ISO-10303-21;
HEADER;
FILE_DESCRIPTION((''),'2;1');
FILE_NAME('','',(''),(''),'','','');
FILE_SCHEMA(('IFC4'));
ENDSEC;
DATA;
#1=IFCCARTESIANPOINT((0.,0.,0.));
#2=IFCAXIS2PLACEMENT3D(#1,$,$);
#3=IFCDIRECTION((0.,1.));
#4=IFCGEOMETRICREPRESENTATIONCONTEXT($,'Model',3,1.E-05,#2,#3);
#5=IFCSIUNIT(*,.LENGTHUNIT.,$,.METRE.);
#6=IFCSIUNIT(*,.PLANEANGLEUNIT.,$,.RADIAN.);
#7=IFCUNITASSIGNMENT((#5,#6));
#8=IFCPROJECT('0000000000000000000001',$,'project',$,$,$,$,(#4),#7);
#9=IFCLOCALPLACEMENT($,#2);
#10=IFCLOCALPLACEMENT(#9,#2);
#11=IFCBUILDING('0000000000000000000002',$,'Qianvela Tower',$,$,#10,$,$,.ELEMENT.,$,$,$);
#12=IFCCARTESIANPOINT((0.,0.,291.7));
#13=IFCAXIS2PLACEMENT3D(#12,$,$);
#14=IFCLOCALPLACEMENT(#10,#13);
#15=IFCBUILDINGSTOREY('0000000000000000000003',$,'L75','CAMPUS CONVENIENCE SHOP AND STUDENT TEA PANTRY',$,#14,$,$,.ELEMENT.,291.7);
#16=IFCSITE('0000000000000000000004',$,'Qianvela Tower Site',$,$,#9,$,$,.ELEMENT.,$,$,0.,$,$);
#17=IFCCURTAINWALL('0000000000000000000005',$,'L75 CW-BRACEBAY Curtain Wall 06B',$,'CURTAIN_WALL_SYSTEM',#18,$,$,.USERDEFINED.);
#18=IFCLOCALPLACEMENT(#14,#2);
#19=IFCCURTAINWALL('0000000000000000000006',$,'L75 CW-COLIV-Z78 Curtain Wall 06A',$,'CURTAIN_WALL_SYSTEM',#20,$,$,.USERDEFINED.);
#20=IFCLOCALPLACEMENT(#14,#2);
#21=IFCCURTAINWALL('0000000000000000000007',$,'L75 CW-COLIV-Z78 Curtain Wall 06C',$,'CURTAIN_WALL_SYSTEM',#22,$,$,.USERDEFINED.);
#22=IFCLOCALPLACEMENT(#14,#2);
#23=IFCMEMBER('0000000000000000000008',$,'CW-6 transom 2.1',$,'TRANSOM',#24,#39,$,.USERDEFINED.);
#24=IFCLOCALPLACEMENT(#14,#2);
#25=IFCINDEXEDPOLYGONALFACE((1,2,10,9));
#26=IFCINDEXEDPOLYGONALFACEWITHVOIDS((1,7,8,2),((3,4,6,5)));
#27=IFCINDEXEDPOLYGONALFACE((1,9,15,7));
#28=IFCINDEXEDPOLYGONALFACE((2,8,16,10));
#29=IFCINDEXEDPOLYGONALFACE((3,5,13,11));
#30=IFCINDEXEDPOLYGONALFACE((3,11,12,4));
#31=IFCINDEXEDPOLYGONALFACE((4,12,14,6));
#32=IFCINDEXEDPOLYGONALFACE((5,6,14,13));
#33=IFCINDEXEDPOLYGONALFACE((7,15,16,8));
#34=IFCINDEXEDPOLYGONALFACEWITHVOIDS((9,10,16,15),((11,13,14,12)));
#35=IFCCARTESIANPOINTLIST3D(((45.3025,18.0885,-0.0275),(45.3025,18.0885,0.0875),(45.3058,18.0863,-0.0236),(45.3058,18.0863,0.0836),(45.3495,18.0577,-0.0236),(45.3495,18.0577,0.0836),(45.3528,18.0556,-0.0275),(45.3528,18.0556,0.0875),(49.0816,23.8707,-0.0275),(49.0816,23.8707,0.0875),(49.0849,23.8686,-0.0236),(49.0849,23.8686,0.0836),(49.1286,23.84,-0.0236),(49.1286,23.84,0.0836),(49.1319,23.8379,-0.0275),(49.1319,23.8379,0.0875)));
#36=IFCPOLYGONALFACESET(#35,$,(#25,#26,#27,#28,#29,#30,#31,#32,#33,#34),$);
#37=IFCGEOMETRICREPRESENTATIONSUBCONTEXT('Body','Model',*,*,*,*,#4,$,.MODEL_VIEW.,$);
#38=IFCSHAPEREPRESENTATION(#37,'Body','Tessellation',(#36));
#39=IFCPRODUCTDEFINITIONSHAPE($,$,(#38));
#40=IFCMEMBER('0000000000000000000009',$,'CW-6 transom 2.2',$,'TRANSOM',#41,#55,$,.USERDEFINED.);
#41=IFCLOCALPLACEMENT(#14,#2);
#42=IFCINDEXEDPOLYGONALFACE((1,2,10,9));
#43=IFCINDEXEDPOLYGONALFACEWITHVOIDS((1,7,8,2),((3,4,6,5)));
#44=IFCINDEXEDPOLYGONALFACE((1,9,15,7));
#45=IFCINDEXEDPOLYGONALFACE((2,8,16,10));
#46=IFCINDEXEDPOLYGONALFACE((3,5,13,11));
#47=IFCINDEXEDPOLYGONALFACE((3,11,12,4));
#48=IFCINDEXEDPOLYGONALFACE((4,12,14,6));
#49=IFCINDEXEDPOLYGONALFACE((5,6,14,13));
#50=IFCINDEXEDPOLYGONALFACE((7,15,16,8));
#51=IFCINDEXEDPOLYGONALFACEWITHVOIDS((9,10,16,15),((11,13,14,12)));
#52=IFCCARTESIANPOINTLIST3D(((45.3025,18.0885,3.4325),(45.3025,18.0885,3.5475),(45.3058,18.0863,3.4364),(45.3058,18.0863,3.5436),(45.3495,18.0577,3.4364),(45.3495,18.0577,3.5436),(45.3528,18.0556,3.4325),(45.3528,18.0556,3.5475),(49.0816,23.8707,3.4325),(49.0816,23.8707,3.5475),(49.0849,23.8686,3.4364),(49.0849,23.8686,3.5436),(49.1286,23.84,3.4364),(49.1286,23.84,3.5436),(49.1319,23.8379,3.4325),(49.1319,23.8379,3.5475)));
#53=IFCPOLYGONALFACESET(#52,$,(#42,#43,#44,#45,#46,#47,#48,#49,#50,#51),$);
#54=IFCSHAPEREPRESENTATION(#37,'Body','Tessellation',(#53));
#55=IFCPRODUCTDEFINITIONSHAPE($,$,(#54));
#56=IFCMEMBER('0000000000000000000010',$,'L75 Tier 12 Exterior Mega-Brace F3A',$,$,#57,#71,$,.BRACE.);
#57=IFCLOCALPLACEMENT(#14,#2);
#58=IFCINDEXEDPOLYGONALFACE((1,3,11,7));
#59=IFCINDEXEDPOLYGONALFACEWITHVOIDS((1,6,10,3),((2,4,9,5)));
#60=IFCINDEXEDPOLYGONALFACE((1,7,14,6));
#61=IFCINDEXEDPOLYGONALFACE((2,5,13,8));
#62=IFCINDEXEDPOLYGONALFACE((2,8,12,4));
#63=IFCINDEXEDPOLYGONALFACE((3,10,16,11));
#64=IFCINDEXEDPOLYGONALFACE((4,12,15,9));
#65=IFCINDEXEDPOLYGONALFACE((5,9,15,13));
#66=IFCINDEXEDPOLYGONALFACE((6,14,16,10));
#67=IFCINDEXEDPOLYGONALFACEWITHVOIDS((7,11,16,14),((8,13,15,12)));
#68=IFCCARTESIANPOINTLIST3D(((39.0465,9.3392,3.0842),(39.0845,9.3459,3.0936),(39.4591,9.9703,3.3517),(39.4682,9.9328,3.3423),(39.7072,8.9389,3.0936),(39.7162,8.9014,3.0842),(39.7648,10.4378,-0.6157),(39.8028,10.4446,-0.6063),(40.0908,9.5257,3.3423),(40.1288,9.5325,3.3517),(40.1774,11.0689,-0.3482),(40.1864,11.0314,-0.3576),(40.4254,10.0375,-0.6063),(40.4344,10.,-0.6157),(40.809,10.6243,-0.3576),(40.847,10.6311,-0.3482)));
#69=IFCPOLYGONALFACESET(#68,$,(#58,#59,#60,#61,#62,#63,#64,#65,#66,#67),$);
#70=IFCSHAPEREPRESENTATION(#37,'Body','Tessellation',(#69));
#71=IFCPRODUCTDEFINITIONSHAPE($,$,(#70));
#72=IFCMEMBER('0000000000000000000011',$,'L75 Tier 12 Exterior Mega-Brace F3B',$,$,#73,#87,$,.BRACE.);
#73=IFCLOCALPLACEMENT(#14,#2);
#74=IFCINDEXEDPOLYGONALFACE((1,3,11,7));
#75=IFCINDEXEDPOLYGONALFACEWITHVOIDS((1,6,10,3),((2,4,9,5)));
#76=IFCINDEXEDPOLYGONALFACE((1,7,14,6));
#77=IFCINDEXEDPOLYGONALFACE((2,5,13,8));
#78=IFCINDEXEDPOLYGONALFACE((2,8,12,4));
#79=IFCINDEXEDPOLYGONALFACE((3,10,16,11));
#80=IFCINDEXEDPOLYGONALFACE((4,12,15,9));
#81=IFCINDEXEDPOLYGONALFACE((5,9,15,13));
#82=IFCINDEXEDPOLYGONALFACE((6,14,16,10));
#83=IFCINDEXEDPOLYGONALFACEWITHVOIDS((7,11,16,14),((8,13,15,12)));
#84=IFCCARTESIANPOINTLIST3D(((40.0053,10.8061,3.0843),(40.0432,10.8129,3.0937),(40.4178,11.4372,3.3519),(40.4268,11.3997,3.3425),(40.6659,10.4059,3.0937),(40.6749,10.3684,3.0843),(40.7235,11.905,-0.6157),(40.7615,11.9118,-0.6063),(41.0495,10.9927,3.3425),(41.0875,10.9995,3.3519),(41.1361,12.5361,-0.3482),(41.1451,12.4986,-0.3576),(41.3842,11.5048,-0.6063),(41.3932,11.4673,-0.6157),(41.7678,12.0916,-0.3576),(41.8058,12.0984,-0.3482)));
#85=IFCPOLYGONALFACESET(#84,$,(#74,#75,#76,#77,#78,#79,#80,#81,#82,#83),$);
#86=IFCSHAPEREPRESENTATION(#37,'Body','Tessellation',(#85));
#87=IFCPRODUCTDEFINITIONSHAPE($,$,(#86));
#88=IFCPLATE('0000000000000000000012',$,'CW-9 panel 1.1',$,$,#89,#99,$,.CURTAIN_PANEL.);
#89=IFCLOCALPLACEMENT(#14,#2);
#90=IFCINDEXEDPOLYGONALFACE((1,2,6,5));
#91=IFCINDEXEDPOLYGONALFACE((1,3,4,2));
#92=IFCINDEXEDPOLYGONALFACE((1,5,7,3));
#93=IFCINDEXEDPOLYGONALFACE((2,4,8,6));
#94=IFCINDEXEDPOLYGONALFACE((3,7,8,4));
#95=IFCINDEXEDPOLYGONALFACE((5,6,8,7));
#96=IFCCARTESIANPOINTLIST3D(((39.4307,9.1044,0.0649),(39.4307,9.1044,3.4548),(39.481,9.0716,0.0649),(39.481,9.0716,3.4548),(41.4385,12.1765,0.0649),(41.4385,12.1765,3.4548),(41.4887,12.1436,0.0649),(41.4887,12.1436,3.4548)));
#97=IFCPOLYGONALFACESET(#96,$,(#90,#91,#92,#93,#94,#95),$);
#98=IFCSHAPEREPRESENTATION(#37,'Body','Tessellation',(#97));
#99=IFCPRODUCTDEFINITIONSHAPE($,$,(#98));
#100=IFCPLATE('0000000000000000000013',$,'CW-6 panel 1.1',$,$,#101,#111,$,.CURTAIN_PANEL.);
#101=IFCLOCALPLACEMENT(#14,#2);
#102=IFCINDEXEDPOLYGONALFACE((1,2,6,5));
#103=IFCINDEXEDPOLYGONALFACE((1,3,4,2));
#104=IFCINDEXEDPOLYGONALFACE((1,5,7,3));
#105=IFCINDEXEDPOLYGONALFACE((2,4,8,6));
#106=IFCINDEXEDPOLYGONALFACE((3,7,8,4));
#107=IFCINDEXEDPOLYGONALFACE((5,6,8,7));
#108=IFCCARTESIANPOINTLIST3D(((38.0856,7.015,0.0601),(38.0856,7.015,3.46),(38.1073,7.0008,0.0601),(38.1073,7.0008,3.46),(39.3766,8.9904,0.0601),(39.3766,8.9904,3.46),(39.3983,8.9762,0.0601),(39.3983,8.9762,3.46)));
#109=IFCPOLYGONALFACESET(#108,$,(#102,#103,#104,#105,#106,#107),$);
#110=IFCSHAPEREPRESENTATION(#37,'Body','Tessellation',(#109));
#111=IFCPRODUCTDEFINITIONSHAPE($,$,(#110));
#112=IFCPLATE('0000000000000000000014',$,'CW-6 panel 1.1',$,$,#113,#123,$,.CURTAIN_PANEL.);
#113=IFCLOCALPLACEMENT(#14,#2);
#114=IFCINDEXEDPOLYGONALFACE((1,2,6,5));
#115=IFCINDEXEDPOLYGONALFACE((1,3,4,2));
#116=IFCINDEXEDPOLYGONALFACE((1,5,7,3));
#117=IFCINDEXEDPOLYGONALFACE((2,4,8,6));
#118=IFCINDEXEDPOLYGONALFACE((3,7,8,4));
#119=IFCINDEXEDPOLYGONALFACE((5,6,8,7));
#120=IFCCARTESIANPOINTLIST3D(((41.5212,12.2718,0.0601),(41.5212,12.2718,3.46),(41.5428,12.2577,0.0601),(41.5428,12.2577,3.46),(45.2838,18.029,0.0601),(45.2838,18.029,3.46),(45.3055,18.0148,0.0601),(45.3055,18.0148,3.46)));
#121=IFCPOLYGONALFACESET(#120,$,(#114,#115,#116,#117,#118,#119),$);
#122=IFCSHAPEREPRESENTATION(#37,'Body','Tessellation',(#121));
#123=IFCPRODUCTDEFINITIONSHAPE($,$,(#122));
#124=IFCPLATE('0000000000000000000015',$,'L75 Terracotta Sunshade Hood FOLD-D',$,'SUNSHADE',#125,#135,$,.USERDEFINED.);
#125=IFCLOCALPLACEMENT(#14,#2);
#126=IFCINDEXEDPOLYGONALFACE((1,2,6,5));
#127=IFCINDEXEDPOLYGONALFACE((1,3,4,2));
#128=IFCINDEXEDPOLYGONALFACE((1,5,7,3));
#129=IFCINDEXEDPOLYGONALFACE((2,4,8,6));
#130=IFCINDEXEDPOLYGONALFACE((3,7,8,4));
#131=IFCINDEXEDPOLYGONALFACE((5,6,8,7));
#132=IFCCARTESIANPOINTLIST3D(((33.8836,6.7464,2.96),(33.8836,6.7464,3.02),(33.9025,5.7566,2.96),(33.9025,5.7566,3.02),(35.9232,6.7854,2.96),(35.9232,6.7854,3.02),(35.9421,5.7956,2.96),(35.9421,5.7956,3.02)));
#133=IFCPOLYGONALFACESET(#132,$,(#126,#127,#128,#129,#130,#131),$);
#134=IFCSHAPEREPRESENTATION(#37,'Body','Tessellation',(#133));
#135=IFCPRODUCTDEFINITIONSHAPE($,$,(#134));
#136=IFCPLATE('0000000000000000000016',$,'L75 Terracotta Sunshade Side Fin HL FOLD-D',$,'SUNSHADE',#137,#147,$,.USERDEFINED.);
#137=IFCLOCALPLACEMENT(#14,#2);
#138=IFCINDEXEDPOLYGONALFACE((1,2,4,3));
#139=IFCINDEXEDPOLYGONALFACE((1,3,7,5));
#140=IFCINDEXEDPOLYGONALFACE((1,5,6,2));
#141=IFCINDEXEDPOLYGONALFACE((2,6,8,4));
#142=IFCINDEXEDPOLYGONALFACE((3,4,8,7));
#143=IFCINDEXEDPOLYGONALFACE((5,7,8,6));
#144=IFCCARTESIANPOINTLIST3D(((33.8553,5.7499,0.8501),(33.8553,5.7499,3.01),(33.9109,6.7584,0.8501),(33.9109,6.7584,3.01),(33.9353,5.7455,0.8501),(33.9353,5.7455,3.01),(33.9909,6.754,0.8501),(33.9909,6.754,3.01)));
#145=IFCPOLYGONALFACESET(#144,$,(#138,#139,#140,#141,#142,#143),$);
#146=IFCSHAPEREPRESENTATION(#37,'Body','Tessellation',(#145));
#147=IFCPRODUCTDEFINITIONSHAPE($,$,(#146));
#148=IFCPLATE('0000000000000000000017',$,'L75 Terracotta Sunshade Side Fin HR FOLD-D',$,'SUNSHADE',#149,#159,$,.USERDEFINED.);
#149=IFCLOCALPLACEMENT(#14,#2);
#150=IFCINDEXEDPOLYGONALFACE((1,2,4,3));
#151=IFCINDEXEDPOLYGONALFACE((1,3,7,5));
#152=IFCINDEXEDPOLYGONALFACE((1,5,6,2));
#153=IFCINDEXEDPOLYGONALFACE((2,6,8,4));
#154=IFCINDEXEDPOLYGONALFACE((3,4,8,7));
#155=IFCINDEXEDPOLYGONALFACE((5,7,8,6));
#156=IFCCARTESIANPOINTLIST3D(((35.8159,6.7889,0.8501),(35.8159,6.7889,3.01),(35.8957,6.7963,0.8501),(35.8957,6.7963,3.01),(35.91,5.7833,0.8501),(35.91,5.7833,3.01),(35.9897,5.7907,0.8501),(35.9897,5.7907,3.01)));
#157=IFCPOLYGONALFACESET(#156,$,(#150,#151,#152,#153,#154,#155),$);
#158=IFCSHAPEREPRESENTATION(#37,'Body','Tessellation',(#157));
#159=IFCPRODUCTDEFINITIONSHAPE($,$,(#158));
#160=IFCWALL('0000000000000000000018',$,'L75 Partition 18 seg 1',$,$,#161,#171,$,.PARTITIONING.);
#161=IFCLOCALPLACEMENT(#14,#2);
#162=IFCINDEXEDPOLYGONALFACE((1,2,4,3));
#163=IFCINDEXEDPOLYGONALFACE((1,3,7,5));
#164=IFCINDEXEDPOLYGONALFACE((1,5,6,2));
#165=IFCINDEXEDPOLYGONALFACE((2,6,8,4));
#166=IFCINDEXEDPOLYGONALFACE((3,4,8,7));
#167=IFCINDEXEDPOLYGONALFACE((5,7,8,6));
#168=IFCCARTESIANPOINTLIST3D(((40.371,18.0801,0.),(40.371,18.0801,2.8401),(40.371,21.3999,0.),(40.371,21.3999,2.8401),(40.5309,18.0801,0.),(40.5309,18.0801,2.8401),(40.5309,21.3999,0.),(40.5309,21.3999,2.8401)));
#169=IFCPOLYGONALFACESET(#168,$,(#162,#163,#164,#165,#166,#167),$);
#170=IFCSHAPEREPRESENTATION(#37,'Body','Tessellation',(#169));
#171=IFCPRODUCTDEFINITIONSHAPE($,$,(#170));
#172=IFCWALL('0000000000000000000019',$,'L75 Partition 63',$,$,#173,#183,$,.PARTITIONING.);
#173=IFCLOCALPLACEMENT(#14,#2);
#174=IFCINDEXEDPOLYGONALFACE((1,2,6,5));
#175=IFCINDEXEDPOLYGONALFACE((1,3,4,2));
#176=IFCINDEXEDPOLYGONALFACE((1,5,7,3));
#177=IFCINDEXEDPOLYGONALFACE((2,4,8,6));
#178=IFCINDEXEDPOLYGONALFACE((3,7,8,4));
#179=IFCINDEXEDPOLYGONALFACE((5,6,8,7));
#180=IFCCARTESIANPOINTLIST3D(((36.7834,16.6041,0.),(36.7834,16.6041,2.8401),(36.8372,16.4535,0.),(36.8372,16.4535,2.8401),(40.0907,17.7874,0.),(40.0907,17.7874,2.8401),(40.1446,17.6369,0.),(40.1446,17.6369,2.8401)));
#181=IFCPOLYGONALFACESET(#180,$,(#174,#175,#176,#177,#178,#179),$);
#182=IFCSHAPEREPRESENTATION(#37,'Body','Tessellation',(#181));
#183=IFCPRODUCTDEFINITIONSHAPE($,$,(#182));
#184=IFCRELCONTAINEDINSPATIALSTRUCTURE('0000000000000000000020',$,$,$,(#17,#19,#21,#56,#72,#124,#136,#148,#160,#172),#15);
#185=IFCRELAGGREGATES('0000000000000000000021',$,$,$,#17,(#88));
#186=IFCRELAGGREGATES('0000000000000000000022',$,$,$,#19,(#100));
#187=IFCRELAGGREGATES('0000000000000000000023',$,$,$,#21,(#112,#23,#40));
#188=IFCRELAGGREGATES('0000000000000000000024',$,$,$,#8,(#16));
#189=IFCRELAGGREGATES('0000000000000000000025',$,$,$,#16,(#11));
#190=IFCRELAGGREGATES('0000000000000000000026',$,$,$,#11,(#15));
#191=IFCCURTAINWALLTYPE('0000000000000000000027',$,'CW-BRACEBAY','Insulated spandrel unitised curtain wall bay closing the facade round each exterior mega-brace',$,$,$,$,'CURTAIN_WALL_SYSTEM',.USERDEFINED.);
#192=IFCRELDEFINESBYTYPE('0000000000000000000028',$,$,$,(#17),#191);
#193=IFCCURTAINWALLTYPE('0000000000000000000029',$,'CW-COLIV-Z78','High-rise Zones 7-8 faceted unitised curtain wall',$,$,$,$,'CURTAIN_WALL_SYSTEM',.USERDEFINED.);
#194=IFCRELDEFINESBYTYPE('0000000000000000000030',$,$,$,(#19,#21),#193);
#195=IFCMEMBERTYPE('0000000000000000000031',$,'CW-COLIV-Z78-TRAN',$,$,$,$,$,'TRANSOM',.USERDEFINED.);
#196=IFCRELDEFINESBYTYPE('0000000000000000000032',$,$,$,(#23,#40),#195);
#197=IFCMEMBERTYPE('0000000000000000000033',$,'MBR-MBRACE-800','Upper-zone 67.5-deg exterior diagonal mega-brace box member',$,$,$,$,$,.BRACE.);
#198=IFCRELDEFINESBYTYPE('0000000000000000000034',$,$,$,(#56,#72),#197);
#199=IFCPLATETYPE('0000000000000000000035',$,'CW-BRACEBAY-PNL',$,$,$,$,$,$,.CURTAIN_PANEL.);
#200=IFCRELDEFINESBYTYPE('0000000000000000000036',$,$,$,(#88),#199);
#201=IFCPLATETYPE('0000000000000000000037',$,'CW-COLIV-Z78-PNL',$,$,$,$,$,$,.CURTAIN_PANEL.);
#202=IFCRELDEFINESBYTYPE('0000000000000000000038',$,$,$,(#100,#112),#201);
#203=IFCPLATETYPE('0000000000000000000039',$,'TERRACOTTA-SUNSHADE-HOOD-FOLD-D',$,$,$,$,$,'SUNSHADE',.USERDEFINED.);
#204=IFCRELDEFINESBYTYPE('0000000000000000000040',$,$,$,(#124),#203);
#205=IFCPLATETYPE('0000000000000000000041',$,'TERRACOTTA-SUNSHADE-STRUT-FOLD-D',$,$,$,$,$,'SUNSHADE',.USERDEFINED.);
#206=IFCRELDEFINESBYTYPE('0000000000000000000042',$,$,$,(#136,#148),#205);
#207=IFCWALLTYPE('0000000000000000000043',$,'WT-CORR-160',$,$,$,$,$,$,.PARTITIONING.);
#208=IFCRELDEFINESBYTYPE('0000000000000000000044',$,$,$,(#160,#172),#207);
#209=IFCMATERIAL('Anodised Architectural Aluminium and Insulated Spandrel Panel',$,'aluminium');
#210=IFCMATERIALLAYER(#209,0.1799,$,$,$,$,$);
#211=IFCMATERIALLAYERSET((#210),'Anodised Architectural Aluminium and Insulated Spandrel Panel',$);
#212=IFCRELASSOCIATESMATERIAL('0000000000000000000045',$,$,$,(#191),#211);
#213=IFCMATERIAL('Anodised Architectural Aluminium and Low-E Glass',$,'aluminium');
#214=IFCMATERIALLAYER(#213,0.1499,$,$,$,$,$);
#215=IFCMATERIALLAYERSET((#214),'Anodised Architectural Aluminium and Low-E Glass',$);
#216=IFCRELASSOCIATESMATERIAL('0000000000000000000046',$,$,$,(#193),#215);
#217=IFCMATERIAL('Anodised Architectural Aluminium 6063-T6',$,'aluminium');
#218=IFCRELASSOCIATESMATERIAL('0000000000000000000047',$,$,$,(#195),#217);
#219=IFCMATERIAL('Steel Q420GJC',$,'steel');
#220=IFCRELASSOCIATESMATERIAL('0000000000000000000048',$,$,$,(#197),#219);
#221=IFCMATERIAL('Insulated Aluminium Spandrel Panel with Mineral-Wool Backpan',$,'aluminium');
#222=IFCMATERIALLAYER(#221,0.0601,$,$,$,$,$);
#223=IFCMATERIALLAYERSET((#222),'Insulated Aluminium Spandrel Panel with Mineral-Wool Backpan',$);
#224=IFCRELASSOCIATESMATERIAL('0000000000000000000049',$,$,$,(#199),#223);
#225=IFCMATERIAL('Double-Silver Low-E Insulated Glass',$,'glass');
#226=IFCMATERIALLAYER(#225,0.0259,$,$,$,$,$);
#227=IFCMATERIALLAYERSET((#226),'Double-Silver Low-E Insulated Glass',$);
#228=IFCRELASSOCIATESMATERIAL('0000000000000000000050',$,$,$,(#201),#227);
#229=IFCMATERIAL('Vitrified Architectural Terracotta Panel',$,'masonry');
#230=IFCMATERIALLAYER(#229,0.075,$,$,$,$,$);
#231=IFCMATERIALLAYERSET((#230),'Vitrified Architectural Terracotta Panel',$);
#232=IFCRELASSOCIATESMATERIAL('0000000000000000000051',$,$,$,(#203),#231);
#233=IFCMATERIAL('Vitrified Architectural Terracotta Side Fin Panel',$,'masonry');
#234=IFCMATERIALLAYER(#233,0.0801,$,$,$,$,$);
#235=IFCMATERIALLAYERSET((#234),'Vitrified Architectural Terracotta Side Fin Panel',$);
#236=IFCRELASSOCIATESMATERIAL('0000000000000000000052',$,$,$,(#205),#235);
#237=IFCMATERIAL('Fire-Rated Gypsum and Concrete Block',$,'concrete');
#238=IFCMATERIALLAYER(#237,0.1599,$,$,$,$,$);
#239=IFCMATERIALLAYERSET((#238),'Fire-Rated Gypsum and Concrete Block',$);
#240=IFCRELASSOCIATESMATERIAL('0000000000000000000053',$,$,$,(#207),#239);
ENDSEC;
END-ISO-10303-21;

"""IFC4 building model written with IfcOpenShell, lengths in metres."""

from ifc_helpers import new_model, si_unit, direction, frame, frame_2d, origin, origin_2d, place, context, subcontext, project, spatial, rectangle, hollow_rectangle, extrude, material, layer, layer_set, material_profile, profile_set, type_object, element, aggregate, save


model = new_model("IFC4")

# Units and contexts
model_context = context("Model", 3, precision=1e-05, world=origin(), true_north=direction((0.0, 1.0)))
body_context = subcontext(model_context, "Body", "Model", "MODEL_VIEW")
ifc_project = project(units=[si_unit("LENGTHUNIT", "METRE"), si_unit("PLANEANGLEUNIT", "RADIAN")], contexts=[model_context])

# Site, building, storey
site_placement = place(None, origin())
site = spatial("IfcSite", under=ifc_project, at=site_placement, Name="Qianvela Tower Site", CompositionType="ELEMENT", RefElevation=0.0)
building_placement = place(site_placement, origin())
building = spatial("IfcBuilding", under=site, at=building_placement, Name="Qianvela Tower", CompositionType="ELEMENT")
storey_placement = place(building_placement, frame((0.0, 0.0, 291.7)))
storey = spatial("IfcBuildingStorey", under=building, at=storey_placement, Name="L75", Description="CAMPUS CONVENIENCE SHOP AND STUDENT TEA PANTRY", CompositionType="ELEMENT", Elevation=291.7)

# Curtain walls
ifc_material_1 = material(Name="Anodised Architectural Aluminium and Insulated Spandrel Panel", Category="aluminium")
ifc_layer_1 = layer(ifc_material_1, 0.1799)
ifc_layer_set_1 = layer_set([ifc_layer_1], Name="Anodised Architectural Aluminium and Insulated Spandrel Panel")
curtain_wall_type_1 = type_object("IfcCurtainWallType", Name="CW-BRACEBAY", Description="Insulated spandrel unitised curtain wall bay closing the facade round each exterior mega-brace", ElementType="CURTAIN_WALL_SYSTEM", PredefinedType="USERDEFINED", material=ifc_layer_set_1)
curtain_wall_1_placement = place(storey_placement, origin())
curtain_wall_1 = element("IfcCurtainWall", 1, at=curtain_wall_1_placement, inside=storey, type_object=curtain_wall_type_1, Name="L75 CW-BRACEBAY Curtain Wall 06B", ObjectType="CURTAIN_WALL_SYSTEM", PredefinedType="USERDEFINED")
ifc_material_2 = material(Name="Anodised Architectural Aluminium and Low-E Glass", Category="aluminium")
ifc_layer_2 = layer(ifc_material_2, 0.1499)
ifc_layer_set_2 = layer_set([ifc_layer_2], Name="Anodised Architectural Aluminium and Low-E Glass")
curtain_wall_type_2 = type_object("IfcCurtainWallType", Name="CW-COLIV-Z78", Description="High-rise Zones 7-8 faceted unitised curtain wall", ElementType="CURTAIN_WALL_SYSTEM", PredefinedType="USERDEFINED", material=ifc_layer_set_2)
curtain_wall_2_placement = place(storey_placement, origin())
curtain_wall_2 = element("IfcCurtainWall", 2, at=curtain_wall_2_placement, inside=storey, type_object=curtain_wall_type_2, Name="L75 CW-COLIV-Z78 Curtain Wall 06A", ObjectType="CURTAIN_WALL_SYSTEM", PredefinedType="USERDEFINED")
curtain_wall_3_placement = place(storey_placement, origin())
curtain_wall_3 = element("IfcCurtainWall", 3, at=curtain_wall_3_placement, inside=storey, type_object=curtain_wall_type_2, Name="L75 CW-COLIV-Z78 Curtain Wall 06C", ObjectType="CURTAIN_WALL_SYSTEM", PredefinedType="USERDEFINED")

# Members
ifc_material_3 = material(Name="Anodised Architectural Aluminium 6063-T6", Category="aluminium")
ifc_material_profile_1 = material_profile(ifc_material_3, hollow_rectangle(XDim=0.0601, YDim=0.115, WallThickness=0.0039, at=origin_2d()), Name="ALU-TRAN-60x115")
ifc_profile_set_1 = profile_set([ifc_material_profile_1], Name="Anodised Architectural Aluminium 6063-T6")
member_type_1 = type_object("IfcMemberType", Name="CW-COLIV-Z78-TRAN", ElementType="TRANSOM", PredefinedType="USERDEFINED", material=ifc_profile_set_1)
member_1_placement = place(storey_placement, frame((45.3276, 18.072, 0.03), z_axis=(0.547084, 0.837078, 0.0), x_axis=(-0.837078, 0.547084, 0.0)))
member_1 = element("IfcMember", 4, at=member_1_placement, type_object=member_type_1, Name="CW-6 transom 2.1", ObjectType="TRANSOM", PredefinedType="USERDEFINED", context=body_context, shape_type="SweptSolid", body=[
    extrude(hollow_rectangle(XDim=0.0601, YDim=0.115, WallThickness=0.0039, at=origin_2d()), origin(), (0.0, 0.0, 1.0), 6.9077),
])
member_2_placement = place(storey_placement, frame((45.3276, 18.072, 3.49), z_axis=(0.547084, 0.837078, 0.0), x_axis=(-0.837078, 0.547084, 0.0)))
member_2 = element("IfcMember", 5, at=member_2_placement, type_object=member_type_1, Name="CW-6 transom 2.2", ObjectType="TRANSOM", PredefinedType="USERDEFINED", context=body_context, shape_type="SweptSolid", body=[
    extrude(hollow_rectangle(XDim=0.0601, YDim=0.115, WallThickness=0.0039, at=origin_2d()), origin(), (0.0, 0.0, 1.0), 6.9077),
])

# Members
ifc_material_4 = material(Name="Steel Q420GJC", Category="steel")
ifc_material_profile_2 = material_profile(ifc_material_4, hollow_rectangle(XDim=0.8, YDim=0.8, WallThickness=0.0281, at=origin_2d()), Name="MBOX-800x800x28")
ifc_profile_set_2 = profile_set([ifc_material_profile_2], Name="Steel Q420GJC")
member_type_2 = type_object("IfcMemberType", Name="MBR-MBRACE-800", Description="Upper-zone 67.5-deg exterior diagonal mega-brace box member", PredefinedType="BRACE", material=ifc_profile_set_2)
member_3_placement = place(storey_placement, frame((40.3059, 10.5344, -0.4819), z_axis=(-0.182956, -0.279844, 0.942451), x_axis=(0.836996, -0.547209, 0.0)))
element("IfcMember", 6, at=member_3_placement, inside=storey, type_object=member_type_2, Name="L75 Tier 12 Exterior Mega-Brace F3A", PredefinedType="BRACE", context=body_context, shape_type="SweptSolid", body=[
    extrude(hollow_rectangle(XDim=0.8, YDim=0.8, WallThickness=0.0281, at=origin_2d()), origin(), (0.0, 0.0, 1.0), 3.9258),
])
member_4_placement = place(storey_placement, frame((41.2646, 12.0017, -0.4819), z_axis=(-0.182952, -0.279901, 0.942435), x_axis=(0.837052, -0.547124, 0.0)))
element("IfcMember", 7, at=member_4_placement, inside=storey, type_object=member_type_2, Name="L75 Tier 12 Exterior Mega-Brace F3B", PredefinedType="BRACE", context=body_context, shape_type="SweptSolid", body=[
    extrude(hollow_rectangle(XDim=0.8, YDim=0.8, WallThickness=0.0281, at=origin_2d()), origin(), (0.0, 0.0, 1.0), 3.926),
])

# Plates
ifc_material_5 = material(Name="Insulated Aluminium Spandrel Panel with Mineral-Wool Backpan", Category="aluminium")
ifc_layer_3 = layer(ifc_material_5, 0.0601)
ifc_layer_set_3 = layer_set([ifc_layer_3], Name="Insulated Aluminium Spandrel Panel with Mineral-Wool Backpan")
plate_type_1 = type_object("IfcPlateType", Name="CW-BRACEBAY-PNL", PredefinedType="CURTAIN_PANEL", material=ifc_layer_set_3)
plate_1_placement = place(storey_placement, frame((40.4597, 10.624, 0.0649), z_axis=(0.0, 0.0, 1.0), x_axis=(0.54708, 0.83708, 0.0)))
plate_1 = element("IfcPlate", 8, at=plate_1_placement, type_object=plate_type_1, Name="CW-9 panel 1.1", PredefinedType="CURTAIN_PANEL", context=body_context, shape_type="SweptSolid", body=[
    extrude(rectangle(XDim=3.6699, YDim=0.0601, at=origin_2d()), origin(), (0.0, 0.0, 1.0), 3.3899),
])
aggregate(curtain_wall_1, [plate_1])
ifc_material_6 = material(Name="Double-Silver Low-E Insulated Glass", Category="glass")
ifc_layer_4 = layer(ifc_material_6, 0.0259)
ifc_layer_set_4 = layer_set([ifc_layer_4], Name="Double-Silver Low-E Insulated Glass")
plate_type_2 = type_object("IfcPlateType", Name="CW-COLIV-Z78-PNL", PredefinedType="CURTAIN_PANEL", material=ifc_layer_set_4)
plate_2_placement = place(storey_placement, frame((38.7419, 7.9956, 0.0601), z_axis=(0.0, 0.0, 1.0), x_axis=(0.547074, 0.837084, 0.0)))
plate_2 = element("IfcPlate", 9, at=plate_2_placement, type_object=plate_type_2, Name="CW-6 panel 1.1", PredefinedType="CURTAIN_PANEL", context=body_context, shape_type="SweptSolid", body=[
    extrude(rectangle(XDim=2.3599, YDim=0.0259, at=origin_2d()), origin(), (0.0, 0.0, 1.0), 3.3999),
])
aggregate(curtain_wall_2, [plate_2])
plate_3_placement = place(storey_placement, frame((43.4133, 15.1433, 0.0601), z_axis=(0.0, 0.0, 1.0), x_axis=(0.547084, 0.837078, 0.0)))
plate_3 = element("IfcPlate", 10, at=plate_3_placement, type_object=plate_type_2, Name="CW-6 panel 1.1", PredefinedType="CURTAIN_PANEL", context=body_context, shape_type="SweptSolid", body=[
    extrude(rectangle(XDim=6.8777, YDim=0.0259, at=origin_2d()), origin(), (0.0, 0.0, 1.0), 3.3999),
])
aggregate(curtain_wall_3, [plate_3, member_1, member_2])

# Plates
ifc_material_7 = material(Name="Vitrified Architectural Terracotta Panel", Category="masonry")
ifc_layer_5 = layer(ifc_material_7, 0.075)
ifc_layer_set_5 = layer_set([ifc_layer_5], Name="Vitrified Architectural Terracotta Panel")
plate_type_3 = type_object("IfcPlateType", Name="TERRACOTTA-SUNSHADE-HOOD-FOLD-D", ElementType="SUNSHADE", PredefinedType="USERDEFINED", material=ifc_layer_set_5)
plate_4_placement = place(storey_placement, frame((34.9128, 6.271, 2.96), z_axis=(0.0, 0.0, 1.0), x_axis=(0.999818, 0.019098, 0.0)))
element("IfcPlate", 11, at=plate_4_placement, inside=storey, type_object=plate_type_3, Name="L75 Terracotta Sunshade Hood FOLD-D", ObjectType="SUNSHADE", PredefinedType="USERDEFINED", context=body_context, shape_type="SweptSolid", body=[
    extrude(rectangle(XDim=2.04, YDim=0.99, at=origin_2d()), origin(), (0.0, 0.0, 1.0), 0.0601),
])
ifc_material_8 = material(Name="Vitrified Architectural Terracotta Side Fin Panel", Category="masonry")
ifc_layer_6 = layer(ifc_material_8, 0.0801)
ifc_layer_set_6 = layer_set([ifc_layer_6], Name="Vitrified Architectural Terracotta Side Fin Panel")
plate_type_4 = type_object("IfcPlateType", Name="TERRACOTTA-SUNSHADE-STRUT-FOLD-D", ElementType="SUNSHADE", PredefinedType="USERDEFINED", material=ifc_layer_set_6)
for number, where, z_axis, x_axis, name in (
    (12, (33.9231, 6.252, 0.8501), (0.0, 0.0, 1.0), (0.998484, -0.05505, 0.0), "L75 Terracotta Sunshade Side Fin HL FOLD-D"),
    (13, (35.9028, 6.2898, 0.8501), (0.0, 0.0, 1.0), (0.995653, 0.09314, 0.0), "L75 Terracotta Sunshade Side Fin HR FOLD-D"),
):
    element("IfcPlate", number, at=place(storey_placement, frame(where, z_axis=z_axis, x_axis=x_axis)), inside=storey, type_object=plate_type_4, Name=name, ObjectType="SUNSHADE", PredefinedType="USERDEFINED", context=body_context, shape_type="SweptSolid", body=[
        extrude(rectangle(XDim=0.0801, YDim=1.01, at=origin_2d()), origin(), (0.0, 0.0, 1.0), 2.1599),
    ])

# Walls
ifc_material_9 = material(Name="Fire-Rated Gypsum and Concrete Block", Category="concrete")
ifc_layer_7 = layer(ifc_material_9, 0.1599)
ifc_layer_set_7 = layer_set([ifc_layer_7], Name="Fire-Rated Gypsum and Concrete Block")
wall_type_1 = type_object("IfcWallType", Name="WT-CORR-160", PredefinedType="PARTITIONING", material=ifc_layer_set_7)
wall_1_placement = place(storey_placement, frame((40.4509, 18.0801, 0.0), z_axis=(0.0, 0.0, 1.0), x_axis=(0.0, 1.0, 0.0)))
element("IfcWall", 14, at=wall_1_placement, inside=storey, type_object=wall_type_1, Name="L75 Partition 18 seg 1", PredefinedType="PARTITIONING", context=body_context, shape_type="SweptSolid", body=[
    extrude(rectangle(XDim=3.3198, YDim=0.1599, at=frame_2d((1.6599, 0.0))), origin(), (0.0, 0.0, 1.0), 2.8401),
])
wall_2_placement = place(storey_placement, frame((36.8103, 16.5288, 0.0), z_axis=(0.0, 0.0, 1.0), x_axis=(0.941548, 0.336878, 0.0)))
element("IfcWall", 15, at=wall_2_placement, inside=storey, type_object=wall_type_1, Name="L75 Partition 63", PredefinedType="PARTITIONING", context=body_context, shape_type="SweptSolid", body=[
    extrude(rectangle(XDim=3.5127, YDim=0.1599, at=frame_2d((1.7563, 0.0))), origin(), (0.0, 0.0, 1.0), 2.8401),
])

save(model, "model.ifc")
